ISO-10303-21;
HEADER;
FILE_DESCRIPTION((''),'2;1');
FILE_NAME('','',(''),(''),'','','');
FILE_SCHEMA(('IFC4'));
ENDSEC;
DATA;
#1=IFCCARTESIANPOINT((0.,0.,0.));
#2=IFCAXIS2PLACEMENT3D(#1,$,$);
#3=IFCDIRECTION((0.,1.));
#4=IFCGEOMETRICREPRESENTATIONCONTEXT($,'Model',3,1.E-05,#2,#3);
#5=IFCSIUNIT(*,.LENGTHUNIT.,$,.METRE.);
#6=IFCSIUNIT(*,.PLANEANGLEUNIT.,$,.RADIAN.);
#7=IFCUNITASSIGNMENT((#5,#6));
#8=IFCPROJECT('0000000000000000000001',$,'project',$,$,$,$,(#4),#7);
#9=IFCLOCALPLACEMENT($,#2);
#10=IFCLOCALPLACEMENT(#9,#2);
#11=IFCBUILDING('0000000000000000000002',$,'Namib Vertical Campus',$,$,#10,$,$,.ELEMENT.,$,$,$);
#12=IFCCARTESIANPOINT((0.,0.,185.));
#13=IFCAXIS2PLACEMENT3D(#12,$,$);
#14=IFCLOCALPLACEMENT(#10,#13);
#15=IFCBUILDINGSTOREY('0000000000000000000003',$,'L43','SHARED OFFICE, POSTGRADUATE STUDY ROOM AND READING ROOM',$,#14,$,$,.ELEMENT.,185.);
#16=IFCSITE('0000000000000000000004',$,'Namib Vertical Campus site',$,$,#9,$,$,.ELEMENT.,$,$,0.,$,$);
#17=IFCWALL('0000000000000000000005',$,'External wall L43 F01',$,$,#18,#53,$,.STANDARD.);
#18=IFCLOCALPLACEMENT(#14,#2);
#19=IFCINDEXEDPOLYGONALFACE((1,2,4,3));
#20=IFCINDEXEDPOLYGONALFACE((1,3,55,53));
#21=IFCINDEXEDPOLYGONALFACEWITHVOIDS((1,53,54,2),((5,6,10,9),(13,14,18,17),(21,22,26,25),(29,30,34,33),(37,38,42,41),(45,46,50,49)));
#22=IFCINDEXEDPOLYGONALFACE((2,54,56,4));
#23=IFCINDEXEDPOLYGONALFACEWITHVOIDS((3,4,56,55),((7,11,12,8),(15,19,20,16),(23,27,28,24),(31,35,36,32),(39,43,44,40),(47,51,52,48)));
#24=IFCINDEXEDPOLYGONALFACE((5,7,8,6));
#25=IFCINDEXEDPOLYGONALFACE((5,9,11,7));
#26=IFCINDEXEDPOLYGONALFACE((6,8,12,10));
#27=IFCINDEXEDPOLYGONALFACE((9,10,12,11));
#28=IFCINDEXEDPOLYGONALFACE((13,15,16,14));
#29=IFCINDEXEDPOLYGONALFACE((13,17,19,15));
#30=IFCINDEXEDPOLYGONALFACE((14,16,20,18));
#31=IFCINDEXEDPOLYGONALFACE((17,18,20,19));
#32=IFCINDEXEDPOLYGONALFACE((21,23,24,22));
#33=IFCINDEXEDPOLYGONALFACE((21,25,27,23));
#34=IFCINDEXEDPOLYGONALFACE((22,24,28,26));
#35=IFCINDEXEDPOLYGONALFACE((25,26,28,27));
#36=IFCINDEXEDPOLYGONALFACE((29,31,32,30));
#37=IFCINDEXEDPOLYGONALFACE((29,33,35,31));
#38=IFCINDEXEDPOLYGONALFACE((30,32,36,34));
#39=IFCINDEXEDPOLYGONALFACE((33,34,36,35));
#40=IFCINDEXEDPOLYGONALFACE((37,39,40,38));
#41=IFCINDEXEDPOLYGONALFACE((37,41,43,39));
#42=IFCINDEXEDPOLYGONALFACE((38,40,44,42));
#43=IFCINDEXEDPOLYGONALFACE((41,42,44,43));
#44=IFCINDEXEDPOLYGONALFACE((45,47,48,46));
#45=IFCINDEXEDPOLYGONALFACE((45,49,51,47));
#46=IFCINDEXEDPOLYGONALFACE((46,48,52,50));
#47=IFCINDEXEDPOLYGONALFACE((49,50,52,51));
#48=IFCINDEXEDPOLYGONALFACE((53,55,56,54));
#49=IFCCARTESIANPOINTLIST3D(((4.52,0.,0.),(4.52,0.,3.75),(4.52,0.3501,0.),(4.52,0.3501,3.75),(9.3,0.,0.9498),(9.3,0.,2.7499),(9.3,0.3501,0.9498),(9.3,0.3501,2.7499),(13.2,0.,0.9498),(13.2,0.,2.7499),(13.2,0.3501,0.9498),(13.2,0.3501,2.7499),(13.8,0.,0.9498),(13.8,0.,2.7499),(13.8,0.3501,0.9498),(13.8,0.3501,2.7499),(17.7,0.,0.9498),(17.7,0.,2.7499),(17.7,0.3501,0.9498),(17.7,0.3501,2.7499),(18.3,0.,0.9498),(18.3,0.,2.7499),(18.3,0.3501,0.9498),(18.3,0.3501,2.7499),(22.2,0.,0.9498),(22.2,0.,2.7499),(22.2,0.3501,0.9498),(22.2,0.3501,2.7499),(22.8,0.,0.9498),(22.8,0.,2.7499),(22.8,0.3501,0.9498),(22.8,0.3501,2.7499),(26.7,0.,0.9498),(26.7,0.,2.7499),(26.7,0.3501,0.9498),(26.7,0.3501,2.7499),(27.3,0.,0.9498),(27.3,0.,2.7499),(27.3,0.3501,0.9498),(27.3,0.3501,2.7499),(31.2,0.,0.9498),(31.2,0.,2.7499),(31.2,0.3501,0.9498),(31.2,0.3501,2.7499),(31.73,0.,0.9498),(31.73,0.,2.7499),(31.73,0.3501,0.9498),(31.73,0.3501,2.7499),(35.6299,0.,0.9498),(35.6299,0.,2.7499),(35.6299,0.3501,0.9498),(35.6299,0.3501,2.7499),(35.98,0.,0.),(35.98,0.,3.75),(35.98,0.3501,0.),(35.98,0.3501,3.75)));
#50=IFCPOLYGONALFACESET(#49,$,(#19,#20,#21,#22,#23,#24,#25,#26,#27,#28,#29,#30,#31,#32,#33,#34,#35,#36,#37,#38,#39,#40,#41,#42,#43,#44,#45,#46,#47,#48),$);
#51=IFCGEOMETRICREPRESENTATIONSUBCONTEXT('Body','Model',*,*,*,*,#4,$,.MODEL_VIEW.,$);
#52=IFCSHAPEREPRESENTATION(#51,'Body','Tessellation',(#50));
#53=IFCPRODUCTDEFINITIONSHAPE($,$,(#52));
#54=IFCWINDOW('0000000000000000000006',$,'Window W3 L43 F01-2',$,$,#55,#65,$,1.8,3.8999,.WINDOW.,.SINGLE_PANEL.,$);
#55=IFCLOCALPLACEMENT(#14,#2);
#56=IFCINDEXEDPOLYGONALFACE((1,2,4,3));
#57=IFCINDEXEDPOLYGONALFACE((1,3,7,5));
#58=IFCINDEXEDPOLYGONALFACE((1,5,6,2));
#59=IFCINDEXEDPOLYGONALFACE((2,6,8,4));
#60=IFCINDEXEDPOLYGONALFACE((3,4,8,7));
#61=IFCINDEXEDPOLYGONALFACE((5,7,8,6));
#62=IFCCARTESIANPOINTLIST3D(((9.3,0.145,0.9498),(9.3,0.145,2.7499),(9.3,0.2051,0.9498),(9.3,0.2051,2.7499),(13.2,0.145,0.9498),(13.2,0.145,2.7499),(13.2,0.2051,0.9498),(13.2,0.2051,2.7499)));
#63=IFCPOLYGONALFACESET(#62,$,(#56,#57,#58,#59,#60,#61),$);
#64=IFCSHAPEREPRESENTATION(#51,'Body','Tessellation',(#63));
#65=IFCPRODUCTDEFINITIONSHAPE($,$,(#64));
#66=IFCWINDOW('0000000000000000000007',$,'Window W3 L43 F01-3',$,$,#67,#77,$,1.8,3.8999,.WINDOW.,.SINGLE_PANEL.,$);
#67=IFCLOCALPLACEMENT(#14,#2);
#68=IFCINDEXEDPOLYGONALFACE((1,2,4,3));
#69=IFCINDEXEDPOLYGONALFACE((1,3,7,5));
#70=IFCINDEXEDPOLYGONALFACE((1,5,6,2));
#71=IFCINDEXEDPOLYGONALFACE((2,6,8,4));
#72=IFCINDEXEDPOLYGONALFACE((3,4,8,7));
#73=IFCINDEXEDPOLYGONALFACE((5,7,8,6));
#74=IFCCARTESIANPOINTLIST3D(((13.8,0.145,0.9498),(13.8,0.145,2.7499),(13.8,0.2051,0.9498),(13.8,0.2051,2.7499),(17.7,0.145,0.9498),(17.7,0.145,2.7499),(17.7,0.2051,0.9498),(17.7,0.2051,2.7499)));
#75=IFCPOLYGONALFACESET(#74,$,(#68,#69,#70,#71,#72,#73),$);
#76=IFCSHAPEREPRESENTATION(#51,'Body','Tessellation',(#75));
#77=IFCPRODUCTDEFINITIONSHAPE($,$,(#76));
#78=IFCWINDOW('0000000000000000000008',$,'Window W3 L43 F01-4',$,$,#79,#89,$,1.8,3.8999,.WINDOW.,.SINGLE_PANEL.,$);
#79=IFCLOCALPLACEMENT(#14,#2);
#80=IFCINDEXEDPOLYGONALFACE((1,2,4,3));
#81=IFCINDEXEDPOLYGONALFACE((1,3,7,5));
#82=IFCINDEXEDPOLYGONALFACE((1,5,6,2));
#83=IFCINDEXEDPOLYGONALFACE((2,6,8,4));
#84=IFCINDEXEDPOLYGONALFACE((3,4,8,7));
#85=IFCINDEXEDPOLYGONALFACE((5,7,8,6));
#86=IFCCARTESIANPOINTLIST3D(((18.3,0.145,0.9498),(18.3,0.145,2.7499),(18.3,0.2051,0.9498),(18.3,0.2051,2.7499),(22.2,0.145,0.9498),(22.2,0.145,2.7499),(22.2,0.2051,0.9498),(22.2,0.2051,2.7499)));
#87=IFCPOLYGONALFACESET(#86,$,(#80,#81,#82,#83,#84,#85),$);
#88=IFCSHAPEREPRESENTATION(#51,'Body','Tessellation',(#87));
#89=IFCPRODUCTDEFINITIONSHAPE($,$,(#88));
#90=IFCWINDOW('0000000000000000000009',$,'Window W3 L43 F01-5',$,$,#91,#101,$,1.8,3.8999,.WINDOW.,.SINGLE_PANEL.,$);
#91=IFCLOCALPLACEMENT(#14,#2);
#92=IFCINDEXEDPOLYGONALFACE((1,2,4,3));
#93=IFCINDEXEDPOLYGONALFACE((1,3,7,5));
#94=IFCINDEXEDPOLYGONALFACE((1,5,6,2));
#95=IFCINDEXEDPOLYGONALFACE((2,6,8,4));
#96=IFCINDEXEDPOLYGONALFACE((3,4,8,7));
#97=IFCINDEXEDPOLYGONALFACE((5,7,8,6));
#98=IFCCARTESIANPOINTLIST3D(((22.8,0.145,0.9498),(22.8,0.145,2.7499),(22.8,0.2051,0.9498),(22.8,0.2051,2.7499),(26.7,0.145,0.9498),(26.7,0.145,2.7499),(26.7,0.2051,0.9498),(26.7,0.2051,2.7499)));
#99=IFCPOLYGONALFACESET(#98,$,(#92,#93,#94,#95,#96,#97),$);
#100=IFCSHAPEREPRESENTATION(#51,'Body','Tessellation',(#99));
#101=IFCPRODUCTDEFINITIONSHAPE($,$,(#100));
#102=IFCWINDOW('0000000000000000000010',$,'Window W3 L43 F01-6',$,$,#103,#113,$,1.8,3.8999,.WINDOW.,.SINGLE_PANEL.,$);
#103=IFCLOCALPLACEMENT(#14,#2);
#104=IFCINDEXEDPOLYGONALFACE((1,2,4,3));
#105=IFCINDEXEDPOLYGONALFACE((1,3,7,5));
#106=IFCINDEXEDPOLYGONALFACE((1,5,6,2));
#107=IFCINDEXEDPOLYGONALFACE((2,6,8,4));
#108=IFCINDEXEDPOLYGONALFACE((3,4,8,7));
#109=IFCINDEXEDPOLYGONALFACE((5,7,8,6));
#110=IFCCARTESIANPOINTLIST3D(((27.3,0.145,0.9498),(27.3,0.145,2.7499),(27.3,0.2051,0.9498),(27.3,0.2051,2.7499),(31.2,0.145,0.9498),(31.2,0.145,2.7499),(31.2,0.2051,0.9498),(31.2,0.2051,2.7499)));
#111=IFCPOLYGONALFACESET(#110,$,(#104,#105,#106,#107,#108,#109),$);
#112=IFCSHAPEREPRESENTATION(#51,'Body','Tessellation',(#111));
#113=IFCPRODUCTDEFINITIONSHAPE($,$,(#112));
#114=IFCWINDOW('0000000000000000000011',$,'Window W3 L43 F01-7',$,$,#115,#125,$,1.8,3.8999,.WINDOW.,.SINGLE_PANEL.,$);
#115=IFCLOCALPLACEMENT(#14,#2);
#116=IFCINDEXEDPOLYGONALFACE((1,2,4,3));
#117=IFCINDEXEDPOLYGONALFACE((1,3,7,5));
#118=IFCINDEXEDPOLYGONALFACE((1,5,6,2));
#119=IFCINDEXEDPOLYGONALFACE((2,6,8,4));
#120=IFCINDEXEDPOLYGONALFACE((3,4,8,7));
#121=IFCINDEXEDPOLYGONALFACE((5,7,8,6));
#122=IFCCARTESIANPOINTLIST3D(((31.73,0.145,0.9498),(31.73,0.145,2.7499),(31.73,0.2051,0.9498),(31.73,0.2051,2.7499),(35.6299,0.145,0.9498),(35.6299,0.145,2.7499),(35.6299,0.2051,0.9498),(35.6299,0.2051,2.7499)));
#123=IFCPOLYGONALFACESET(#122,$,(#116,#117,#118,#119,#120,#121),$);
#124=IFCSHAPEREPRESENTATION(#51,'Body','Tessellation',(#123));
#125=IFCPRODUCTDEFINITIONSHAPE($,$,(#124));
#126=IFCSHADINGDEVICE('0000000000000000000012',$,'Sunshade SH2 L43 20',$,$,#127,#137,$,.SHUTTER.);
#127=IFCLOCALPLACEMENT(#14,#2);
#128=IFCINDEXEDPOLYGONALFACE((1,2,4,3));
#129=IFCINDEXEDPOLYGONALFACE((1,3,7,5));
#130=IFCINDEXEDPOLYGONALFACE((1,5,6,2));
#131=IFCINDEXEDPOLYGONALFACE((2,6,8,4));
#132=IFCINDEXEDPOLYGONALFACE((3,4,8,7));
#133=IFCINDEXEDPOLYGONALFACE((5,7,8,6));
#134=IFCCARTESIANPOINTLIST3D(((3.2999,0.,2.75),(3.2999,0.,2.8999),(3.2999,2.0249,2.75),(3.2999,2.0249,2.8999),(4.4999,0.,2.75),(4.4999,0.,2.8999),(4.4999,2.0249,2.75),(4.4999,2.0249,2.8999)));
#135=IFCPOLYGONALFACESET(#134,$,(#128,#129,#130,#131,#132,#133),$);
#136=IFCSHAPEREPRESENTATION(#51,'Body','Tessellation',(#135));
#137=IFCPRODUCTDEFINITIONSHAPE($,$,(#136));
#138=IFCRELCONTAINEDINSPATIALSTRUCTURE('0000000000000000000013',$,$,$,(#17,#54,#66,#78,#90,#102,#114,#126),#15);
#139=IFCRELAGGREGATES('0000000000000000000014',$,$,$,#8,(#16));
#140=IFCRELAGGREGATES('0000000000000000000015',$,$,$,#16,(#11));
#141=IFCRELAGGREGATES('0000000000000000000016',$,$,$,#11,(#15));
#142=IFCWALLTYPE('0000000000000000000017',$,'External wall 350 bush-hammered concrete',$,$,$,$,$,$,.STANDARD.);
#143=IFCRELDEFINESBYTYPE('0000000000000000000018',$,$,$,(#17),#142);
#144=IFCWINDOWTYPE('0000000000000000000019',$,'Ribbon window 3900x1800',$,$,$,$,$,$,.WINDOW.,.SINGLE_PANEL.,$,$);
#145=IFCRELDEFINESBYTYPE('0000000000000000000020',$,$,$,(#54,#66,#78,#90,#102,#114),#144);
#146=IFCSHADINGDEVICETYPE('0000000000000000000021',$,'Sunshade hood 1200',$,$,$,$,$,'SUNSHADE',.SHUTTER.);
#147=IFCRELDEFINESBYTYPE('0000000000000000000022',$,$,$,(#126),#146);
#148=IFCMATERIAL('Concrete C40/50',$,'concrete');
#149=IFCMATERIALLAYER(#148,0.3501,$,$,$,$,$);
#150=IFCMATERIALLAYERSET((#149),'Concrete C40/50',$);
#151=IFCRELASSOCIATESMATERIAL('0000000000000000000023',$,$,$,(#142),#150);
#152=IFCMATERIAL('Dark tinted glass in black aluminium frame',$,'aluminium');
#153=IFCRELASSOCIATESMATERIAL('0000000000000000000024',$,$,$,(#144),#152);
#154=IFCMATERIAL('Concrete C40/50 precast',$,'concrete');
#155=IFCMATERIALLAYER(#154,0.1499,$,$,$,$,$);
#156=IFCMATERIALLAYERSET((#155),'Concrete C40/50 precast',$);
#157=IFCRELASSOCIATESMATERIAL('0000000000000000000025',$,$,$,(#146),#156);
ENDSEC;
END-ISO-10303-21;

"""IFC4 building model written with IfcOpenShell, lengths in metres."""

from ifc_helpers import new_model, si_unit, direction, frame, frame_2d, origin, origin_2d, place, context, subcontext, project, spatial, rectangle, extrude, material, layer, layer_set, type_object, element, fill, save


model = new_model("IFC4")

# Units and contexts
model_context = context("Model", 3, precision=1e-05, world=origin(), true_north=direction((0.0, 1.0)))
body_context = subcontext(model_context, "Body", "Model", "MODEL_VIEW")
ifc_project = project(units=[si_unit("LENGTHUNIT", "METRE"), si_unit("PLANEANGLEUNIT", "RADIAN")], contexts=[model_context])

# Site, building, storey
site_placement = place(None, origin())
site = spatial("IfcSite", under=ifc_project, at=site_placement, Name="Namib Vertical Campus site", CompositionType="ELEMENT", RefElevation=0.0)
building_placement = place(site_placement, origin())
building = spatial("IfcBuilding", under=site, at=building_placement, Name="Namib Vertical Campus", CompositionType="ELEMENT")
storey_placement = place(building_placement, frame((0.0, 0.0, 185.0)))
storey = spatial("IfcBuildingStorey", under=building, at=storey_placement, Name="L43", Description="SHARED OFFICE, POSTGRADUATE STUDY ROOM AND READING ROOM", CompositionType="ELEMENT", Elevation=185.0)

# Wall, openings, windows
ifc_material_1 = material(Name="Concrete C40/50", Category="concrete")
ifc_layer_1 = layer(ifc_material_1, 0.3501)
ifc_layer_set_1 = layer_set([ifc_layer_1], Name="Concrete C40/50")
wall_type = type_object("IfcWallType", Name="External wall 350 bush-hammered concrete", PredefinedType="STANDARD", material=ifc_layer_set_1)
wall_placement = place(storey_placement, frame((4.52, 0.175, 0.0), z_axis=(0.0, 0.0, 1.0), x_axis=(1.0, 0.0, 0.0)))
wall = element("IfcWall", 1, at=wall_placement, inside=storey, type_object=wall_type, Name="External wall L43 F01", PredefinedType="STANDARD", context=body_context, shape_type="SweptSolid", body=[
    extrude(rectangle(XDim=31.46, YDim=0.3501, at=frame_2d((15.73, 0.0))), origin(), (0.0, 0.0, 1.0), 3.75),
])
opening_1_placement = place(wall_placement, frame((4.78, 0.0, 0.95)))
opening_1 = element("IfcOpeningElement", 2, at=opening_1_placement, cuts=wall, PredefinedType="OPENING", context=body_context, shape_type="SweptSolid", body=[
    extrude(rectangle(XDim=3.8999, YDim=1.8, at=frame_2d((1.95, 0.8999))), frame((0.0, 0.1851, 0.0), z_axis=(0.0, -1.0, 0.0), x_axis=(1.0, 0.0, 0.0)), (0.0, 0.0, 1.0), 0.3701),
])
opening_2_placement = place(wall_placement, frame((9.28, 0.0, 0.95)))
opening_2 = element("IfcOpeningElement", 3, at=opening_2_placement, cuts=wall, PredefinedType="OPENING", context=body_context, shape_type="SweptSolid", body=[
    extrude(rectangle(XDim=3.8999, YDim=1.8, at=frame_2d((1.95, 0.8999))), frame((0.0, 0.1851, 0.0), z_axis=(0.0, -1.0, 0.0), x_axis=(1.0, 0.0, 0.0)), (0.0, 0.0, 1.0), 0.3701),
])
opening_3_placement = place(wall_placement, frame((13.78, 0.0, 0.95)))
opening_3 = element("IfcOpeningElement", 4, at=opening_3_placement, cuts=wall, PredefinedType="OPENING", context=body_context, shape_type="SweptSolid", body=[
    extrude(rectangle(XDim=3.8999, YDim=1.8, at=frame_2d((1.95, 0.8999))), frame((0.0, 0.1851, 0.0), z_axis=(0.0, -1.0, 0.0), x_axis=(1.0, 0.0, 0.0)), (0.0, 0.0, 1.0), 0.3701),
])
opening_4_placement = place(wall_placement, frame((18.28, 0.0, 0.95)))
opening_4 = element("IfcOpeningElement", 5, at=opening_4_placement, cuts=wall, PredefinedType="OPENING", context=body_context, shape_type="SweptSolid", body=[
    extrude(rectangle(XDim=3.8999, YDim=1.8, at=frame_2d((1.95, 0.8999))), frame((0.0, 0.1851, 0.0), z_axis=(0.0, -1.0, 0.0), x_axis=(1.0, 0.0, 0.0)), (0.0, 0.0, 1.0), 0.3701),
])
opening_5_placement = place(wall_placement, frame((22.78, 0.0, 0.95)))
opening_5 = element("IfcOpeningElement", 6, at=opening_5_placement, cuts=wall, PredefinedType="OPENING", context=body_context, shape_type="SweptSolid", body=[
    extrude(rectangle(XDim=3.8999, YDim=1.8, at=frame_2d((1.95, 0.8999))), frame((0.0, 0.1851, 0.0), z_axis=(0.0, -1.0, 0.0), x_axis=(1.0, 0.0, 0.0)), (0.0, 0.0, 1.0), 0.3701),
])
opening_6_placement = place(wall_placement, frame((27.21, 0.0, 0.95)))
opening_6 = element("IfcOpeningElement", 7, at=opening_6_placement, cuts=wall, PredefinedType="OPENING", context=body_context, shape_type="SweptSolid", body=[
    extrude(rectangle(XDim=3.8999, YDim=1.8, at=frame_2d((1.95, 0.8999))), frame((0.0, 0.1851, 0.0), z_axis=(0.0, -1.0, 0.0), x_axis=(1.0, 0.0, 0.0)), (0.0, 0.0, 1.0), 0.3701),
])
ifc_material_2 = material(Name="Dark tinted glass in black aluminium frame", Category="aluminium")
window_type = type_object("IfcWindowType", Name="Ribbon window 3900x1800", PartitioningType="SINGLE_PANEL", PredefinedType="WINDOW", material=ifc_material_2)
window_1_placement = place(opening_1_placement, origin())
window_1 = element("IfcWindow", 8, at=window_1_placement, inside=storey, type_object=window_type, Name="Window W3 L43 F01-2", OverallHeight=1.8, OverallWidth=3.8999, PartitioningType="SINGLE_PANEL", PredefinedType="WINDOW", context=body_context, shape_type="SweptSolid", body=[
    extrude(rectangle(XDim=3.8999, YDim=1.8, at=frame_2d((1.95, 0.8999))), frame((0.0, 0.03, 0.0), z_axis=(0.0, -1.0, 0.0), x_axis=(1.0, 0.0, 0.0)), (0.0, 0.0, 1.0), 0.0601),
])
fill(opening_1, window_1)
window_2_placement = place(opening_2_placement, origin())
window_2 = element("IfcWindow", 9, at=window_2_placement, inside=storey, type_object=window_type, Name="Window W3 L43 F01-3", OverallHeight=1.8, OverallWidth=3.8999, PartitioningType="SINGLE_PANEL", PredefinedType="WINDOW", context=body_context, shape_type="SweptSolid", body=[
    extrude(rectangle(XDim=3.8999, YDim=1.8, at=frame_2d((1.95, 0.8999))), frame((0.0, 0.03, 0.0), z_axis=(0.0, -1.0, 0.0), x_axis=(1.0, 0.0, 0.0)), (0.0, 0.0, 1.0), 0.0601),
])
fill(opening_2, window_2)
window_3_placement = place(opening_3_placement, origin())
window_3 = element("IfcWindow", 10, at=window_3_placement, inside=storey, type_object=window_type, Name="Window W3 L43 F01-4", OverallHeight=1.8, OverallWidth=3.8999, PartitioningType="SINGLE_PANEL", PredefinedType="WINDOW", context=body_context, shape_type="SweptSolid", body=[
    extrude(rectangle(XDim=3.8999, YDim=1.8, at=frame_2d((1.95, 0.8999))), frame((0.0, 0.03, 0.0), z_axis=(0.0, -1.0, 0.0), x_axis=(1.0, 0.0, 0.0)), (0.0, 0.0, 1.0), 0.0601),
])
fill(opening_3, window_3)
window_4_placement = place(opening_4_placement, origin())
window_4 = element("IfcWindow", 11, at=window_4_placement, inside=storey, type_object=window_type, Name="Window W3 L43 F01-5", OverallHeight=1.8, OverallWidth=3.8999, PartitioningType="SINGLE_PANEL", PredefinedType="WINDOW", context=body_context, shape_type="SweptSolid", body=[
    extrude(rectangle(XDim=3.8999, YDim=1.8, at=frame_2d((1.95, 0.8999))), frame((0.0, 0.03, 0.0), z_axis=(0.0, -1.0, 0.0), x_axis=(1.0, 0.0, 0.0)), (0.0, 0.0, 1.0), 0.0601),
])
fill(opening_4, window_4)
window_5_placement = place(opening_5_placement, origin())
window_5 = element("IfcWindow", 12, at=window_5_placement, inside=storey, type_object=window_type, Name="Window W3 L43 F01-6", OverallHeight=1.8, OverallWidth=3.8999, PartitioningType="SINGLE_PANEL", PredefinedType="WINDOW", context=body_context, shape_type="SweptSolid", body=[
    extrude(rectangle(XDim=3.8999, YDim=1.8, at=frame_2d((1.95, 0.8999))), frame((0.0, 0.03, 0.0), z_axis=(0.0, -1.0, 0.0), x_axis=(1.0, 0.0, 0.0)), (0.0, 0.0, 1.0), 0.0601),
])
fill(opening_5, window_5)
window_6_placement = place(opening_6_placement, origin())
window_6 = element("IfcWindow", 13, at=window_6_placement, inside=storey, type_object=window_type, Name="Window W3 L43 F01-7", OverallHeight=1.8, OverallWidth=3.8999, PartitioningType="SINGLE_PANEL", PredefinedType="WINDOW", context=body_context, shape_type="SweptSolid", body=[
    extrude(rectangle(XDim=3.8999, YDim=1.8, at=frame_2d((1.95, 0.8999))), frame((0.0, 0.03, 0.0), z_axis=(0.0, -1.0, 0.0), x_axis=(1.0, 0.0, 0.0)), (0.0, 0.0, 1.0), 0.0601),
])
fill(opening_6, window_6)

# Shading device
ifc_material_3 = material(Name="Concrete C40/50 precast", Category="concrete")
ifc_layer_2 = layer(ifc_material_3, 0.1499)
ifc_layer_set_2 = layer_set([ifc_layer_2], Name="Concrete C40/50 precast")
shading_device_type = type_object("IfcShadingDeviceType", Name="Sunshade hood 1200", ElementType="SUNSHADE", PredefinedType="SHUTTER", material=ifc_layer_set_2)
shading_device_placement = place(storey_placement, frame((3.8999, 1.0125, 2.75), z_axis=(0.0, 0.0, 1.0), x_axis=(0.0, -1.0, 0.0)))
element("IfcShadingDevice", 14, at=shading_device_placement, inside=storey, type_object=shading_device_type, Name="Sunshade SH2 L43 20", PredefinedType="SHUTTER", context=body_context, shape_type="SweptSolid", body=[
    extrude(rectangle(XDim=2.0249, YDim=1.2, at=origin_2d()), origin(), (0.0, 0.0, 1.0), 0.1499),
])

save(model, "model.ifc")
